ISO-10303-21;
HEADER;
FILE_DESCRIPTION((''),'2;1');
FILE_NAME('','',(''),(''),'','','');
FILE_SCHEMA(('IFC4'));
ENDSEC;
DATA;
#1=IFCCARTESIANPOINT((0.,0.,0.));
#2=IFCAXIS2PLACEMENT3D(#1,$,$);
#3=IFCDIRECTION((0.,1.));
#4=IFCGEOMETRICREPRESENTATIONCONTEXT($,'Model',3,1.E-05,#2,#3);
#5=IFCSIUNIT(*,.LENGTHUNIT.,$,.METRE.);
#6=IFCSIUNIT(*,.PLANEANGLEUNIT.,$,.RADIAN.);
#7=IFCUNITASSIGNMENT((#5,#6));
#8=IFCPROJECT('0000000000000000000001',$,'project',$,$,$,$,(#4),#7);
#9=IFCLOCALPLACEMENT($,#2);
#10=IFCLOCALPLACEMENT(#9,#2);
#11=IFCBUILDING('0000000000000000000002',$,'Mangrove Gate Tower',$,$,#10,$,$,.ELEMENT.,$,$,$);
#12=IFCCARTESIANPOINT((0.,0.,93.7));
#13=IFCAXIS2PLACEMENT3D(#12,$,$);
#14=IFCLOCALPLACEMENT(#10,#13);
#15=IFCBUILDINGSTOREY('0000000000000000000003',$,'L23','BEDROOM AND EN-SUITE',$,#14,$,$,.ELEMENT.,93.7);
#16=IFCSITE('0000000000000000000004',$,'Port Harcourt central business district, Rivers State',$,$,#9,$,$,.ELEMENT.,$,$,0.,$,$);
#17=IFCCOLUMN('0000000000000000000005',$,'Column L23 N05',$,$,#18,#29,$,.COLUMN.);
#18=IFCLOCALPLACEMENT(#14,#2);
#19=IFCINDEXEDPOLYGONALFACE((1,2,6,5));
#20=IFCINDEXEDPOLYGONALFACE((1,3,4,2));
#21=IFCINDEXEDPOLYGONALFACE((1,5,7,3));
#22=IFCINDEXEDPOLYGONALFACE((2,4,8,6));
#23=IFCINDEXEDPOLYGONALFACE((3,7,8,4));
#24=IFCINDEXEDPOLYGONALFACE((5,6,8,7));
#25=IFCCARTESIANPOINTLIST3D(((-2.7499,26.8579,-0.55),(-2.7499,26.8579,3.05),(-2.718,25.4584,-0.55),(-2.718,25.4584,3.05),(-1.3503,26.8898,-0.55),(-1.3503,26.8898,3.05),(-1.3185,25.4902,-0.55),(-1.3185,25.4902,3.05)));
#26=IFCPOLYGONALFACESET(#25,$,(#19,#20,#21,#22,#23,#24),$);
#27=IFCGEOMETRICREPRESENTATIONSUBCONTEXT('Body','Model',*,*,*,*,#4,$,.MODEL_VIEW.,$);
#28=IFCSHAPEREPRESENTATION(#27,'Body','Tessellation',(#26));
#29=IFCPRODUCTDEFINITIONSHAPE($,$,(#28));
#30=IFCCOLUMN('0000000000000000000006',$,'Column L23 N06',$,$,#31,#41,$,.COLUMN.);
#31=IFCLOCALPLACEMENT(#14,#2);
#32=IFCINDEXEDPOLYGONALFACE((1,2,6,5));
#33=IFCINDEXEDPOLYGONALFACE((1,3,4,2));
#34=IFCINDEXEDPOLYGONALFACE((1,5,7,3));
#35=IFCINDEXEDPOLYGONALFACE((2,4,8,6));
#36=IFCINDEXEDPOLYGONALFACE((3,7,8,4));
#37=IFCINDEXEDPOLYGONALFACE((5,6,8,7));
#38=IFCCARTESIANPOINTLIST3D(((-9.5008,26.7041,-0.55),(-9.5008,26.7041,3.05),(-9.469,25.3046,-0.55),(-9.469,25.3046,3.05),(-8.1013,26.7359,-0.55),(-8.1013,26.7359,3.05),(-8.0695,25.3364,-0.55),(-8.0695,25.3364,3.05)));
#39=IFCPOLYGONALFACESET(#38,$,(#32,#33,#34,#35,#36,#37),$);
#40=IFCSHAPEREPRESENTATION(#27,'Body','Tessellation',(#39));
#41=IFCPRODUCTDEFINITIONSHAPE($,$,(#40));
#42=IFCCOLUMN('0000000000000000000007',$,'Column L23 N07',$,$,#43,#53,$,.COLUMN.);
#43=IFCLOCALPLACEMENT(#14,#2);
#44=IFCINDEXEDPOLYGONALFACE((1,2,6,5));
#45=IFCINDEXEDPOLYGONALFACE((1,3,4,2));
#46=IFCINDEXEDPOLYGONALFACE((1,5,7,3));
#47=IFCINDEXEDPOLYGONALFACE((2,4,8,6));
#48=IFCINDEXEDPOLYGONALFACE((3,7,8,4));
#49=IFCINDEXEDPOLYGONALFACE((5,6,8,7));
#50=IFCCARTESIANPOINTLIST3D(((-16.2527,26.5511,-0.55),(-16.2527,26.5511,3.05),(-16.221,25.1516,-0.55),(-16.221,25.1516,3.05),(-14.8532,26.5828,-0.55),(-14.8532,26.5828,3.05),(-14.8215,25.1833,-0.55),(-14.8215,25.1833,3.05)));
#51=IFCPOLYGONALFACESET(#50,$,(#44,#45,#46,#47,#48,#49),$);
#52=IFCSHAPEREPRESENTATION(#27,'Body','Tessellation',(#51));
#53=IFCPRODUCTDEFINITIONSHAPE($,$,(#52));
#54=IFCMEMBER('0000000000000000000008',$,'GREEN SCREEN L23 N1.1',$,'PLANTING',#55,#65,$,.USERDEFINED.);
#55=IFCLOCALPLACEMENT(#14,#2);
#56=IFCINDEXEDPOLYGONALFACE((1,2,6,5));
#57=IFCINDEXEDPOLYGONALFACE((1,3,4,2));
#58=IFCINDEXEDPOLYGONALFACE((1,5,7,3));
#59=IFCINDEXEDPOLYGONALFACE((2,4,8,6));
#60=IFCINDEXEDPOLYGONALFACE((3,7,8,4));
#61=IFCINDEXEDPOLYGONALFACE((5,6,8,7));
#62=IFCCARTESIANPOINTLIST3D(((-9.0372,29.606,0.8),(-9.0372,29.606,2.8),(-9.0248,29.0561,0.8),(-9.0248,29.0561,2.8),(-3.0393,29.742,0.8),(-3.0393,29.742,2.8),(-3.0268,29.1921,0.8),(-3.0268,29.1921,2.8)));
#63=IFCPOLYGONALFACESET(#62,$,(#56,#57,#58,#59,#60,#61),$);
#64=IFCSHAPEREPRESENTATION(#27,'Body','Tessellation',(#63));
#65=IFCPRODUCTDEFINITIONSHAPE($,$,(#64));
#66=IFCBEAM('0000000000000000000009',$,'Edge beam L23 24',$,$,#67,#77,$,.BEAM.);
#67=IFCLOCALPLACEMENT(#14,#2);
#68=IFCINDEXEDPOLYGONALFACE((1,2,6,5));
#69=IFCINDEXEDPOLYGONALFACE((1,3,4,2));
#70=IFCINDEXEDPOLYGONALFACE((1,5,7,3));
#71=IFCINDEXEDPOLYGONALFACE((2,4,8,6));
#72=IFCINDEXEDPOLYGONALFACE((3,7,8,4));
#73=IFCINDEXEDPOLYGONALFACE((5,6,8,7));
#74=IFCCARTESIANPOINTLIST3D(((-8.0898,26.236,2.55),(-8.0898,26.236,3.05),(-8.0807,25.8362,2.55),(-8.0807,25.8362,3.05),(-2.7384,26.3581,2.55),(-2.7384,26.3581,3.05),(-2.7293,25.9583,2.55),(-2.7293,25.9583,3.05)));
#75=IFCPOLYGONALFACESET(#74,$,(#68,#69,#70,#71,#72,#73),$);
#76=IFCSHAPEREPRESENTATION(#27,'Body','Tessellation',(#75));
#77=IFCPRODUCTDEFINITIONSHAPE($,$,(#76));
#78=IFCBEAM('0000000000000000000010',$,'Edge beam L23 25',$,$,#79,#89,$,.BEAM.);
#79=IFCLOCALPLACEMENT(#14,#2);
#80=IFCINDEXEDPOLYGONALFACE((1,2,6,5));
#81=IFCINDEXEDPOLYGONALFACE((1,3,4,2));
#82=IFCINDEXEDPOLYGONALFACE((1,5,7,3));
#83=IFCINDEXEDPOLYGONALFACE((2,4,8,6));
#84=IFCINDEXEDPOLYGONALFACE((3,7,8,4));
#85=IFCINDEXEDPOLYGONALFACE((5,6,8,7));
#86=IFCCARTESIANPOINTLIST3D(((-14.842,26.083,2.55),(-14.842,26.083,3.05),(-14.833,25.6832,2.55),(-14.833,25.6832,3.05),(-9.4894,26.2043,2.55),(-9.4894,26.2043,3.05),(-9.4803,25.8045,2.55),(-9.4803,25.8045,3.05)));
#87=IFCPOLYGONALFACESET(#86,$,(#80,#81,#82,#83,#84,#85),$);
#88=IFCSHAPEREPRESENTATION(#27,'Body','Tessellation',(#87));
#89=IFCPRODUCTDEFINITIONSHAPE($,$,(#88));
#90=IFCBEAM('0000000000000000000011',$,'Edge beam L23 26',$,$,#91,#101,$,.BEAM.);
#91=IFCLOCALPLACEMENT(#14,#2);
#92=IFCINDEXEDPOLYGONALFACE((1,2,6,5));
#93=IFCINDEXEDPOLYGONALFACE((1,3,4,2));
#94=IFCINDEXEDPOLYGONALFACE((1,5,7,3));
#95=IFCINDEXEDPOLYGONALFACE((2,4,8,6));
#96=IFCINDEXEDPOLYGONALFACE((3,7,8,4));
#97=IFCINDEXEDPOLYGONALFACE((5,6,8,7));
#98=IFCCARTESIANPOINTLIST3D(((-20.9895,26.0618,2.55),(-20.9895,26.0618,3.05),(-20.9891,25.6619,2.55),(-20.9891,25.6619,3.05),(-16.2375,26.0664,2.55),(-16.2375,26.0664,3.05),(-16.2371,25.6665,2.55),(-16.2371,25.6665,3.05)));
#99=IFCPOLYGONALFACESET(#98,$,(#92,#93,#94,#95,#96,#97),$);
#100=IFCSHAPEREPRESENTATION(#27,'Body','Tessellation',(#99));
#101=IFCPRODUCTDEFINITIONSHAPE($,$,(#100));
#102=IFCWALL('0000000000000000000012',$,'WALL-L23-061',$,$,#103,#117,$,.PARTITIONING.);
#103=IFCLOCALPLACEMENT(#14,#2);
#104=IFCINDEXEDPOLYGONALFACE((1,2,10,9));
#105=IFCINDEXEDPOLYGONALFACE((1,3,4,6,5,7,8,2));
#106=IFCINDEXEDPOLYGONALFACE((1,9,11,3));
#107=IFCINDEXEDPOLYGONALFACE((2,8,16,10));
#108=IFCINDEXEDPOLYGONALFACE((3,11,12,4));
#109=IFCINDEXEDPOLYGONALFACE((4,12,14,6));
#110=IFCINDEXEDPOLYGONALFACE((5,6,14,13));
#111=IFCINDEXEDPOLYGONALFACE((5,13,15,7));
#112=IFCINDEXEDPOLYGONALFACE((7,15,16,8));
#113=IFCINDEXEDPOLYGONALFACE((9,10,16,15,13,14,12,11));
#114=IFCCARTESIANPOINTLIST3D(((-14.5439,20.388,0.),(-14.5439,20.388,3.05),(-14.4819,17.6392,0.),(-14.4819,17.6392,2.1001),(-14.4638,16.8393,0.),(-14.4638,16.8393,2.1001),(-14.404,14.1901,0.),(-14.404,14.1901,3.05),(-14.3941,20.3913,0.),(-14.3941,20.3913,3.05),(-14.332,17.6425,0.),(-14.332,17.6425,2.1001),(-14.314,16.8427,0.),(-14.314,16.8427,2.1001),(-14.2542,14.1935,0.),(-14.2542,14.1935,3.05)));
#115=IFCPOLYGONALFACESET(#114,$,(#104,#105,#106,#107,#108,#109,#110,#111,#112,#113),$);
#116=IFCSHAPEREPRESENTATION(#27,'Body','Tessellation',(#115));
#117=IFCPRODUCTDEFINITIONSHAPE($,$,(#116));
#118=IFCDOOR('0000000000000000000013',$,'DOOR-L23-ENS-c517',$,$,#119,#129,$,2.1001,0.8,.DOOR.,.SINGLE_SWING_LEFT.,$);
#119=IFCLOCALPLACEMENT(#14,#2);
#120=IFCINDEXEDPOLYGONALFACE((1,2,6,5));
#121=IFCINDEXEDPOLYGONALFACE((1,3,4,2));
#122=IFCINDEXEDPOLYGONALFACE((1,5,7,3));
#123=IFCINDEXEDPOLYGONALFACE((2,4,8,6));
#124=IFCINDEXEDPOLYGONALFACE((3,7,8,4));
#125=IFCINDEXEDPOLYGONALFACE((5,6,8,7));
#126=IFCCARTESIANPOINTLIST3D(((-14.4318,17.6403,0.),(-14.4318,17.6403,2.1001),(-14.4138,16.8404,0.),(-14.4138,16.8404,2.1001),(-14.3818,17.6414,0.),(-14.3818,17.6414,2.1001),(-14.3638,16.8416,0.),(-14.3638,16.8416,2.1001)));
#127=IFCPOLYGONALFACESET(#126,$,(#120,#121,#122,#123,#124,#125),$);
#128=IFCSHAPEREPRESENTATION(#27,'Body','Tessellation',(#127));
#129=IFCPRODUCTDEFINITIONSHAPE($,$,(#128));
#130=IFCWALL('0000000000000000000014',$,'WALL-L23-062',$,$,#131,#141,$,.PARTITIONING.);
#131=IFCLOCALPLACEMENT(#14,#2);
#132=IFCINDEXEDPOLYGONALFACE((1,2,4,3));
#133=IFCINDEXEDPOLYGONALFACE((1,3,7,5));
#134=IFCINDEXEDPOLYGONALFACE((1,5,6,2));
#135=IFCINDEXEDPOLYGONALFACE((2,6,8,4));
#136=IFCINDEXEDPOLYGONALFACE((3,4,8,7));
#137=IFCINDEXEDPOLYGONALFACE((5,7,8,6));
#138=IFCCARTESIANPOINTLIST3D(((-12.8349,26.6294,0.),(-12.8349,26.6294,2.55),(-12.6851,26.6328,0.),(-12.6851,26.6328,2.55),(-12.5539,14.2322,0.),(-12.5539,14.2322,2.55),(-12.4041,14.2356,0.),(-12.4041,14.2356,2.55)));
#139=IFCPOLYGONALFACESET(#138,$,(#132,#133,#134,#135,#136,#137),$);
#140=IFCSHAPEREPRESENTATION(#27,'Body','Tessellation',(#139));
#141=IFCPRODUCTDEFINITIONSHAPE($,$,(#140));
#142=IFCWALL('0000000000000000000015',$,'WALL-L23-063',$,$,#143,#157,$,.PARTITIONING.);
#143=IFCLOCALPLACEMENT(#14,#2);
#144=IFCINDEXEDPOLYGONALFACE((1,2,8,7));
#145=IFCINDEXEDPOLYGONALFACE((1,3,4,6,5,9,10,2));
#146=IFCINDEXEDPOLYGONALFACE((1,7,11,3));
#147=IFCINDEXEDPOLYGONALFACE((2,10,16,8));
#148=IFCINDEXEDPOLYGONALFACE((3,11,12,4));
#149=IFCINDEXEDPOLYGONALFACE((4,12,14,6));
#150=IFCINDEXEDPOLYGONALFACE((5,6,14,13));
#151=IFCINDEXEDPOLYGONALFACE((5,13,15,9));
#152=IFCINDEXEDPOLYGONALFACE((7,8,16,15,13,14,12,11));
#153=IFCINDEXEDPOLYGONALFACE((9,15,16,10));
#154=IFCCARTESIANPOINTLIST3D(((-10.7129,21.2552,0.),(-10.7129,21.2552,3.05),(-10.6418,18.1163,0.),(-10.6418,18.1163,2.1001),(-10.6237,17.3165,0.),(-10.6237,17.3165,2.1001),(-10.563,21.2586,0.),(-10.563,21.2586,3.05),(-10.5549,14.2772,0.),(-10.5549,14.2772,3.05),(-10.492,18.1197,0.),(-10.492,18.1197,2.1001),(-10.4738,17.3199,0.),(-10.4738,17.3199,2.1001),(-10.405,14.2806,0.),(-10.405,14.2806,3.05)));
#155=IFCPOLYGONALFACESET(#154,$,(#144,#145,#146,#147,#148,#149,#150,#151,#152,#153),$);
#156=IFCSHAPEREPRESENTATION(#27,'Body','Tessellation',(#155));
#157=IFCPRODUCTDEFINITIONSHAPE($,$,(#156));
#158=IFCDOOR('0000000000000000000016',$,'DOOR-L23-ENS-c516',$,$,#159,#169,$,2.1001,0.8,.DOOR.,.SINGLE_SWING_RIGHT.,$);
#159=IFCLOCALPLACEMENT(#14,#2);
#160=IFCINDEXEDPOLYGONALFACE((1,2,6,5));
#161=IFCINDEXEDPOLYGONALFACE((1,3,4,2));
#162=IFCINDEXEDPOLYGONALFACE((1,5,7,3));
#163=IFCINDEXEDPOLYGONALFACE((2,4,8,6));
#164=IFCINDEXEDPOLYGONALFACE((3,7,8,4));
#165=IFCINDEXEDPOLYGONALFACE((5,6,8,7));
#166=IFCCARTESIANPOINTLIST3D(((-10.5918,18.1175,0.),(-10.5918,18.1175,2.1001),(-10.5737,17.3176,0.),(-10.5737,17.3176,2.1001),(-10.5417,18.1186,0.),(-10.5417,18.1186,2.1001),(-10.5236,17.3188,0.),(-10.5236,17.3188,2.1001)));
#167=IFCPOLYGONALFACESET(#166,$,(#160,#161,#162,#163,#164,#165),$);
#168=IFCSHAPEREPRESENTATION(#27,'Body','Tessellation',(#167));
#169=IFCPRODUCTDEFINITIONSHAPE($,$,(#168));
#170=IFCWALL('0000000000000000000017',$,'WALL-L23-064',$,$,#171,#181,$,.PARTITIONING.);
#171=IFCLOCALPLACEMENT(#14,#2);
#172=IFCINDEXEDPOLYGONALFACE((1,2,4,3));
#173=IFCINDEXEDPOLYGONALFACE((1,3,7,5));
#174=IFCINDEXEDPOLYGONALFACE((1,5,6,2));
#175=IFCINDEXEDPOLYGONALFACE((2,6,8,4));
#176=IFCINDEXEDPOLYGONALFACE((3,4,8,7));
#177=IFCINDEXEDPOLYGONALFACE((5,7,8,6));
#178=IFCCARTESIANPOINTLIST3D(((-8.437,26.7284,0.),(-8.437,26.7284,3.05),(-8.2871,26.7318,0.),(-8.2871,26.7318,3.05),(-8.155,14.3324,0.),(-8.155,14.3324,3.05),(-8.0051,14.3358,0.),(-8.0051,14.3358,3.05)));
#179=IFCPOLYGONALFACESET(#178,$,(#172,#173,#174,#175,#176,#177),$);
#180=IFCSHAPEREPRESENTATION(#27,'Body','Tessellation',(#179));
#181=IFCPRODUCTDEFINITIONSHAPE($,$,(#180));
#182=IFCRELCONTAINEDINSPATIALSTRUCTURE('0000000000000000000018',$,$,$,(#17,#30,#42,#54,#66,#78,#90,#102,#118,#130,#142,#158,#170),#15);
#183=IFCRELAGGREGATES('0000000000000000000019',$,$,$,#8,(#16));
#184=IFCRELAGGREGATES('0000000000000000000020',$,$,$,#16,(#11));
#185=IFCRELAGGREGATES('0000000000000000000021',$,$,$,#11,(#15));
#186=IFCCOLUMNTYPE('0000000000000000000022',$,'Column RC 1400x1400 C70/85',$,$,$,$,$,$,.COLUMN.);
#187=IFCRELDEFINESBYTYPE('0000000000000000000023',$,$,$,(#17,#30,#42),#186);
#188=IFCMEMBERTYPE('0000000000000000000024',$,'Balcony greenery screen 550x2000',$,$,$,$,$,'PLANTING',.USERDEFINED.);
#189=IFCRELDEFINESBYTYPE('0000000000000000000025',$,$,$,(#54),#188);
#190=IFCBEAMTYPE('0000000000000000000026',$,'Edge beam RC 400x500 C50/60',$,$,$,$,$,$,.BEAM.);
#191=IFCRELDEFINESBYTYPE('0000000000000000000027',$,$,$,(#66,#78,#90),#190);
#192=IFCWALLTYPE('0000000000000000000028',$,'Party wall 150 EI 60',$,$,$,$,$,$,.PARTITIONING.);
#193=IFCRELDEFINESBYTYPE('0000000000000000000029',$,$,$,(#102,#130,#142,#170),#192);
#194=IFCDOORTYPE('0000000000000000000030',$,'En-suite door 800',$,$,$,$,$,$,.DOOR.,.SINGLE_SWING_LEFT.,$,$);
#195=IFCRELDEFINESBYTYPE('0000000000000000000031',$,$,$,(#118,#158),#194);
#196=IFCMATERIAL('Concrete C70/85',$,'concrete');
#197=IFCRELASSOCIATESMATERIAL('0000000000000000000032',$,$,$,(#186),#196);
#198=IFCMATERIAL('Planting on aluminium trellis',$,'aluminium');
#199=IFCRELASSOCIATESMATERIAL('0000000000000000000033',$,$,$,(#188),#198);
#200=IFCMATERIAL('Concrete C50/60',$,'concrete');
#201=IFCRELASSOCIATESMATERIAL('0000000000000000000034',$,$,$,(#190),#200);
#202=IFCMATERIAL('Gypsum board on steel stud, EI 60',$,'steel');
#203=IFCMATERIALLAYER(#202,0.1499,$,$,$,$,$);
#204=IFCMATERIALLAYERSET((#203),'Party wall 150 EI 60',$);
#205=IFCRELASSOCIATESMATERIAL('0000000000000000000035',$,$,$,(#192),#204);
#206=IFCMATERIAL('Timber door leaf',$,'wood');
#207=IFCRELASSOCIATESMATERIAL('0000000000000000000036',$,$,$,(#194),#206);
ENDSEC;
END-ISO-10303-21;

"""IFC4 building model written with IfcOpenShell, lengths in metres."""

from ifc_helpers import new_model, si_unit, direction, frame, frame_2d, origin, origin_2d, place, context, subcontext, project, spatial, rectangle, extrude, material, layer, layer_set, material_profile, profile_set, type_object, element, fill, save


model = new_model("IFC4")

# Units and contexts
model_context = context("Model", 3, precision=1e-05, world=origin(), true_north=direction((0.0, 1.0)))
body_context = subcontext(model_context, "Body", "Model", "MODEL_VIEW")
ifc_project = project(units=[si_unit("LENGTHUNIT", "METRE"), si_unit("PLANEANGLEUNIT", "RADIAN")], contexts=[model_context])

# Site, building, storey
site_placement = place(None, origin())
site = spatial("IfcSite", under=ifc_project, at=site_placement, Name="Port Harcourt central business district, Rivers State", CompositionType="ELEMENT", RefElevation=0.0)
building_placement = place(site_placement, origin())
building = spatial("IfcBuilding", under=site, at=building_placement, Name="Mangrove Gate Tower", CompositionType="ELEMENT")
storey_placement = place(building_placement, frame((0.0, 0.0, 93.7)))
storey = spatial("IfcBuildingStorey", under=building, at=storey_placement, Name="L23", Description="BEDROOM AND EN-SUITE", CompositionType="ELEMENT", Elevation=93.7)

# Columns
ifc_material_1 = material(Name="Concrete C70/85", Category="concrete")
ifc_material_profile_1 = material_profile(ifc_material_1, rectangle(XDim=1.3999, YDim=1.3999, at=origin_2d()))
ifc_profile_set_1 = profile_set([ifc_material_profile_1], Name="Concrete C70/85")
column_type = type_object("IfcColumnType", Name="Column RC 1400x1400 C70/85", PredefinedType="COLUMN", material=ifc_profile_set_1)
for number, where, z_axis, x_axis, name in (
    (1, (-2.0342, 26.1741, -0.55), (0.0, 0.0, 1.0), (-0.999742, -0.02273, 0.0), "Column L23 N05"),
    (2, (-8.7852, 26.0203, -0.55), (0.0, 0.0, 1.0), (-0.999742, -0.02273, 0.0), "Column L23 N06"),
    (3, (-15.5371, 25.8672, -0.55), (0.0, 0.0, 1.0), (-0.999743, -0.022656, 0.0), "Column L23 N07"),
):
    element("IfcColumn", number, at=place(storey_placement, frame(where, z_axis=z_axis, x_axis=x_axis)), inside=storey, type_object=column_type, Name=name, PredefinedType="COLUMN", context=body_context, shape_type="SweptSolid", body=[
        extrude(rectangle(XDim=1.3999, YDim=1.3999, at=origin_2d()), origin(), (0.0, 0.0, 1.0), 3.6001),
    ])

# Member
ifc_material_2 = material(Name="Planting on aluminium trellis", Category="aluminium")
ifc_material_profile_2 = material_profile(ifc_material_2, rectangle(XDim=0.55, YDim=2.0, at=origin_2d()))
ifc_profile_set_2 = profile_set([ifc_material_profile_2], Name="Planting on aluminium trellis")
member_type = type_object("IfcMemberType", Name="Balcony greenery screen 550x2000", ElementType="PLANTING", PredefinedType="USERDEFINED", material=ifc_profile_set_2)
member_placement = place(storey_placement, frame((-9.031, 29.3311, 1.8), z_axis=(0.999743, 0.022666, 0.0), x_axis=(-0.022666, 0.999743, 0.0)))
element("IfcMember", 4, at=member_placement, inside=storey, type_object=member_type, Name="GREEN SCREEN L23 N1.1", ObjectType="PLANTING", PredefinedType="USERDEFINED", context=body_context, shape_type="SweptSolid", body=[
    extrude(rectangle(XDim=0.55, YDim=2.0, at=origin_2d()), origin(), (0.0, 0.0, 1.0), 5.9995),
])

# Beams
ifc_material_3 = material(Name="Concrete C50/60", Category="concrete")
ifc_material_profile_3 = material_profile(ifc_material_3, rectangle(XDim=0.3999, YDim=0.5, at=origin_2d()))
ifc_profile_set_3 = profile_set([ifc_material_profile_3], Name="Concrete C50/60")
beam_type = type_object("IfcBeamType", Name="Edge beam RC 400x500 C50/60", PredefinedType="BEAM", material=ifc_profile_set_3)
beam_1_placement = place(storey_placement, frame((-2.7339, 26.1582, 2.8), z_axis=(-0.99974, -0.022805, 0.0), x_axis=(0.022805, -0.99974, 0.0)))
element("IfcBeam", 5, at=beam_1_placement, inside=storey, type_object=beam_type, Name="Edge beam L23 24", PredefinedType="BEAM", context=body_context, shape_type="SweptSolid", body=[
    extrude(rectangle(XDim=0.3999, YDim=0.5, at=origin_2d()), origin(), (0.0, 0.0, 1.0), 5.3528),
])
beam_2_placement = place(storey_placement, frame((-9.4849, 26.0044, 2.8), z_axis=(-0.999743, -0.022663, 0.0), x_axis=(0.022663, -0.999743, 0.0)))
element("IfcBeam", 6, at=beam_2_placement, inside=storey, type_object=beam_type, Name="Edge beam L23 25", PredefinedType="BEAM", context=body_context, shape_type="SweptSolid", body=[
    extrude(rectangle(XDim=0.3999, YDim=0.5, at=origin_2d()), origin(), (0.0, 0.0, 1.0), 5.354),
])
beam_3_placement = place(storey_placement, frame((-16.2373, 25.8665, 2.8), z_axis=(-1.0, -0.000976, 0.0), x_axis=(0.000976, -1.0, 0.0)))
element("IfcBeam", 7, at=beam_3_placement, inside=storey, type_object=beam_type, Name="Edge beam L23 26", PredefinedType="BEAM", context=body_context, shape_type="SweptSolid", body=[
    extrude(rectangle(XDim=0.3999, YDim=0.5, at=origin_2d()), origin(), (0.0, 0.0, 1.0), 4.752),
])

# Wall, opening, door
ifc_material_4 = material(Name="Gypsum board on steel stud, EI 60", Category="steel")
ifc_layer_1 = layer(ifc_material_4, 0.1499)
ifc_layer_set_1 = layer_set([ifc_layer_1], Name="Party wall 150 EI 60")
wall_type_1 = type_object("IfcWallType", Name="Party wall 150 EI 60", PredefinedType="PARTITIONING", material=ifc_layer_set_1)
wall_1_placement = place(storey_placement, frame((-14.3291, 14.1919, 0.0), z_axis=(0.0, 0.0, 1.0), x_axis=(-0.022565, 0.999745, 0.0)))
wall_1 = element("IfcWall", 8, at=wall_1_placement, inside=storey, type_object=wall_type_1, Name="WALL-L23-061", PredefinedType="PARTITIONING", context=body_context, shape_type="SweptSolid", body=[
    extrude(rectangle(XDim=6.1995, YDim=0.1499, at=frame_2d((3.0996, 0.0))), origin(), (0.0, 0.0, 1.0), 3.05),
])
opening_1_placement = place(wall_1_placement, frame((2.6499, 0.0, 0.0)))
opening_1 = element("IfcOpeningElement", 9, at=opening_1_placement, cuts=wall_1, PredefinedType="OPENING", context=body_context, shape_type="SweptSolid", body=[
    extrude(rectangle(XDim=0.8, YDim=2.1001, at=frame_2d((0.3999, 1.05))), frame((0.0, 0.085, 0.0), z_axis=(0.0, -1.0, 0.0), x_axis=(1.0, 0.0, 0.0)), (0.0, 0.0, 1.0), 0.1699),
])
ifc_material_5 = material(Name="Timber door leaf", Category="wood")
door_type = type_object("IfcDoorType", Name="En-suite door 800", OperationType="SINGLE_SWING_LEFT", PredefinedType="DOOR", material=ifc_material_5)
door_1_placement = place(opening_1_placement, origin())
door_1 = element("IfcDoor", 10, at=door_1_placement, inside=storey, type_object=door_type, Name="DOOR-L23-ENS-c517", OperationType="SINGLE_SWING_LEFT", OverallHeight=2.1001, OverallWidth=0.8, PredefinedType="DOOR", context=body_context, shape_type="SweptSolid", body=[
    extrude(rectangle(XDim=0.8, YDim=2.1001, at=frame_2d((0.3999, 1.05))), frame((0.0, 0.0249, 0.0), z_axis=(0.0, -1.0, 0.0), x_axis=(1.0, 0.0, 0.0)), (0.0, 0.0, 1.0), 0.05),
])
fill(opening_1, door_1)

# Wall
wall_2_placement = place(storey_placement, frame((-12.479, 14.2339, 0.0), z_axis=(0.0, 0.0, 1.0), x_axis=(-0.022661, 0.999743, 0.0)))
element("IfcWall", 11, at=wall_2_placement, inside=storey, type_object=wall_type_1, Name="WALL-L23-062", PredefinedType="PARTITIONING", context=body_context, shape_type="SweptSolid", body=[
    extrude(rectangle(XDim=12.4004, YDim=0.1499, at=frame_2d((6.2002, 0.0))), origin(), (0.0, 0.0, 1.0), 2.55),
])

# Wall, opening, door
wall_3_placement = place(storey_placement, frame((-10.48, 14.2791, 0.0), z_axis=(0.0, 0.0, 1.0), x_axis=(-0.022631, 0.999744, 0.0)))
wall_3 = element("IfcWall", 12, at=wall_3_placement, inside=storey, type_object=wall_type_1, Name="WALL-L23-063", PredefinedType="PARTITIONING", context=body_context, shape_type="SweptSolid", body=[
    extrude(rectangle(XDim=6.9797, YDim=0.1499, at=frame_2d((3.4897, 0.0))), origin(), (0.0, 0.0, 1.0), 3.05),
])
opening_2_placement = place(wall_3_placement, frame((3.04, 0.0, 0.0)))
opening_2 = element("IfcOpeningElement", 13, at=opening_2_placement, cuts=wall_3, PredefinedType="OPENING", context=body_context, shape_type="SweptSolid", body=[
    extrude(rectangle(XDim=0.8, YDim=2.1001, at=frame_2d((0.3999, 1.05))), frame((0.0, 0.085, 0.0), z_axis=(0.0, -1.0, 0.0), x_axis=(1.0, 0.0, 0.0)), (0.0, 0.0, 1.0), 0.1699),
])
door_2_placement = place(opening_2_placement, origin())
door_2 = element("IfcDoor", 14, at=door_2_placement, inside=storey, type_object=door_type, Name="DOOR-L23-ENS-c516", OperationType="SINGLE_SWING_RIGHT", OverallHeight=2.1001, OverallWidth=0.8, PredefinedType="DOOR", context=body_context, shape_type="SweptSolid", body=[
    extrude(rectangle(XDim=0.8, YDim=2.1001, at=frame_2d((0.3999, 1.05))), frame((0.0, 0.0249, 0.0), z_axis=(0.0, -1.0, 0.0), x_axis=(1.0, 0.0, 0.0)), (0.0, 0.0, 1.0), 0.05),
])
fill(opening_2, door_2)

# Wall
wall_4_placement = place(storey_placement, frame((-8.0801, 14.334, 0.0), z_axis=(0.0, 0.0, 1.0), x_axis=(-0.022742, 0.999741, 0.0)))
element("IfcWall", 15, at=wall_4_placement, inside=storey, type_object=wall_type_1, Name="WALL-L23-064", PredefinedType="PARTITIONING", context=body_context, shape_type="SweptSolid", body=[
    extrude(rectangle(XDim=12.3992, YDim=0.1499, at=frame_2d((6.1997, 0.0))), origin(), (0.0, 0.0, 1.0), 3.05),
])

save(model, "model.ifc")
